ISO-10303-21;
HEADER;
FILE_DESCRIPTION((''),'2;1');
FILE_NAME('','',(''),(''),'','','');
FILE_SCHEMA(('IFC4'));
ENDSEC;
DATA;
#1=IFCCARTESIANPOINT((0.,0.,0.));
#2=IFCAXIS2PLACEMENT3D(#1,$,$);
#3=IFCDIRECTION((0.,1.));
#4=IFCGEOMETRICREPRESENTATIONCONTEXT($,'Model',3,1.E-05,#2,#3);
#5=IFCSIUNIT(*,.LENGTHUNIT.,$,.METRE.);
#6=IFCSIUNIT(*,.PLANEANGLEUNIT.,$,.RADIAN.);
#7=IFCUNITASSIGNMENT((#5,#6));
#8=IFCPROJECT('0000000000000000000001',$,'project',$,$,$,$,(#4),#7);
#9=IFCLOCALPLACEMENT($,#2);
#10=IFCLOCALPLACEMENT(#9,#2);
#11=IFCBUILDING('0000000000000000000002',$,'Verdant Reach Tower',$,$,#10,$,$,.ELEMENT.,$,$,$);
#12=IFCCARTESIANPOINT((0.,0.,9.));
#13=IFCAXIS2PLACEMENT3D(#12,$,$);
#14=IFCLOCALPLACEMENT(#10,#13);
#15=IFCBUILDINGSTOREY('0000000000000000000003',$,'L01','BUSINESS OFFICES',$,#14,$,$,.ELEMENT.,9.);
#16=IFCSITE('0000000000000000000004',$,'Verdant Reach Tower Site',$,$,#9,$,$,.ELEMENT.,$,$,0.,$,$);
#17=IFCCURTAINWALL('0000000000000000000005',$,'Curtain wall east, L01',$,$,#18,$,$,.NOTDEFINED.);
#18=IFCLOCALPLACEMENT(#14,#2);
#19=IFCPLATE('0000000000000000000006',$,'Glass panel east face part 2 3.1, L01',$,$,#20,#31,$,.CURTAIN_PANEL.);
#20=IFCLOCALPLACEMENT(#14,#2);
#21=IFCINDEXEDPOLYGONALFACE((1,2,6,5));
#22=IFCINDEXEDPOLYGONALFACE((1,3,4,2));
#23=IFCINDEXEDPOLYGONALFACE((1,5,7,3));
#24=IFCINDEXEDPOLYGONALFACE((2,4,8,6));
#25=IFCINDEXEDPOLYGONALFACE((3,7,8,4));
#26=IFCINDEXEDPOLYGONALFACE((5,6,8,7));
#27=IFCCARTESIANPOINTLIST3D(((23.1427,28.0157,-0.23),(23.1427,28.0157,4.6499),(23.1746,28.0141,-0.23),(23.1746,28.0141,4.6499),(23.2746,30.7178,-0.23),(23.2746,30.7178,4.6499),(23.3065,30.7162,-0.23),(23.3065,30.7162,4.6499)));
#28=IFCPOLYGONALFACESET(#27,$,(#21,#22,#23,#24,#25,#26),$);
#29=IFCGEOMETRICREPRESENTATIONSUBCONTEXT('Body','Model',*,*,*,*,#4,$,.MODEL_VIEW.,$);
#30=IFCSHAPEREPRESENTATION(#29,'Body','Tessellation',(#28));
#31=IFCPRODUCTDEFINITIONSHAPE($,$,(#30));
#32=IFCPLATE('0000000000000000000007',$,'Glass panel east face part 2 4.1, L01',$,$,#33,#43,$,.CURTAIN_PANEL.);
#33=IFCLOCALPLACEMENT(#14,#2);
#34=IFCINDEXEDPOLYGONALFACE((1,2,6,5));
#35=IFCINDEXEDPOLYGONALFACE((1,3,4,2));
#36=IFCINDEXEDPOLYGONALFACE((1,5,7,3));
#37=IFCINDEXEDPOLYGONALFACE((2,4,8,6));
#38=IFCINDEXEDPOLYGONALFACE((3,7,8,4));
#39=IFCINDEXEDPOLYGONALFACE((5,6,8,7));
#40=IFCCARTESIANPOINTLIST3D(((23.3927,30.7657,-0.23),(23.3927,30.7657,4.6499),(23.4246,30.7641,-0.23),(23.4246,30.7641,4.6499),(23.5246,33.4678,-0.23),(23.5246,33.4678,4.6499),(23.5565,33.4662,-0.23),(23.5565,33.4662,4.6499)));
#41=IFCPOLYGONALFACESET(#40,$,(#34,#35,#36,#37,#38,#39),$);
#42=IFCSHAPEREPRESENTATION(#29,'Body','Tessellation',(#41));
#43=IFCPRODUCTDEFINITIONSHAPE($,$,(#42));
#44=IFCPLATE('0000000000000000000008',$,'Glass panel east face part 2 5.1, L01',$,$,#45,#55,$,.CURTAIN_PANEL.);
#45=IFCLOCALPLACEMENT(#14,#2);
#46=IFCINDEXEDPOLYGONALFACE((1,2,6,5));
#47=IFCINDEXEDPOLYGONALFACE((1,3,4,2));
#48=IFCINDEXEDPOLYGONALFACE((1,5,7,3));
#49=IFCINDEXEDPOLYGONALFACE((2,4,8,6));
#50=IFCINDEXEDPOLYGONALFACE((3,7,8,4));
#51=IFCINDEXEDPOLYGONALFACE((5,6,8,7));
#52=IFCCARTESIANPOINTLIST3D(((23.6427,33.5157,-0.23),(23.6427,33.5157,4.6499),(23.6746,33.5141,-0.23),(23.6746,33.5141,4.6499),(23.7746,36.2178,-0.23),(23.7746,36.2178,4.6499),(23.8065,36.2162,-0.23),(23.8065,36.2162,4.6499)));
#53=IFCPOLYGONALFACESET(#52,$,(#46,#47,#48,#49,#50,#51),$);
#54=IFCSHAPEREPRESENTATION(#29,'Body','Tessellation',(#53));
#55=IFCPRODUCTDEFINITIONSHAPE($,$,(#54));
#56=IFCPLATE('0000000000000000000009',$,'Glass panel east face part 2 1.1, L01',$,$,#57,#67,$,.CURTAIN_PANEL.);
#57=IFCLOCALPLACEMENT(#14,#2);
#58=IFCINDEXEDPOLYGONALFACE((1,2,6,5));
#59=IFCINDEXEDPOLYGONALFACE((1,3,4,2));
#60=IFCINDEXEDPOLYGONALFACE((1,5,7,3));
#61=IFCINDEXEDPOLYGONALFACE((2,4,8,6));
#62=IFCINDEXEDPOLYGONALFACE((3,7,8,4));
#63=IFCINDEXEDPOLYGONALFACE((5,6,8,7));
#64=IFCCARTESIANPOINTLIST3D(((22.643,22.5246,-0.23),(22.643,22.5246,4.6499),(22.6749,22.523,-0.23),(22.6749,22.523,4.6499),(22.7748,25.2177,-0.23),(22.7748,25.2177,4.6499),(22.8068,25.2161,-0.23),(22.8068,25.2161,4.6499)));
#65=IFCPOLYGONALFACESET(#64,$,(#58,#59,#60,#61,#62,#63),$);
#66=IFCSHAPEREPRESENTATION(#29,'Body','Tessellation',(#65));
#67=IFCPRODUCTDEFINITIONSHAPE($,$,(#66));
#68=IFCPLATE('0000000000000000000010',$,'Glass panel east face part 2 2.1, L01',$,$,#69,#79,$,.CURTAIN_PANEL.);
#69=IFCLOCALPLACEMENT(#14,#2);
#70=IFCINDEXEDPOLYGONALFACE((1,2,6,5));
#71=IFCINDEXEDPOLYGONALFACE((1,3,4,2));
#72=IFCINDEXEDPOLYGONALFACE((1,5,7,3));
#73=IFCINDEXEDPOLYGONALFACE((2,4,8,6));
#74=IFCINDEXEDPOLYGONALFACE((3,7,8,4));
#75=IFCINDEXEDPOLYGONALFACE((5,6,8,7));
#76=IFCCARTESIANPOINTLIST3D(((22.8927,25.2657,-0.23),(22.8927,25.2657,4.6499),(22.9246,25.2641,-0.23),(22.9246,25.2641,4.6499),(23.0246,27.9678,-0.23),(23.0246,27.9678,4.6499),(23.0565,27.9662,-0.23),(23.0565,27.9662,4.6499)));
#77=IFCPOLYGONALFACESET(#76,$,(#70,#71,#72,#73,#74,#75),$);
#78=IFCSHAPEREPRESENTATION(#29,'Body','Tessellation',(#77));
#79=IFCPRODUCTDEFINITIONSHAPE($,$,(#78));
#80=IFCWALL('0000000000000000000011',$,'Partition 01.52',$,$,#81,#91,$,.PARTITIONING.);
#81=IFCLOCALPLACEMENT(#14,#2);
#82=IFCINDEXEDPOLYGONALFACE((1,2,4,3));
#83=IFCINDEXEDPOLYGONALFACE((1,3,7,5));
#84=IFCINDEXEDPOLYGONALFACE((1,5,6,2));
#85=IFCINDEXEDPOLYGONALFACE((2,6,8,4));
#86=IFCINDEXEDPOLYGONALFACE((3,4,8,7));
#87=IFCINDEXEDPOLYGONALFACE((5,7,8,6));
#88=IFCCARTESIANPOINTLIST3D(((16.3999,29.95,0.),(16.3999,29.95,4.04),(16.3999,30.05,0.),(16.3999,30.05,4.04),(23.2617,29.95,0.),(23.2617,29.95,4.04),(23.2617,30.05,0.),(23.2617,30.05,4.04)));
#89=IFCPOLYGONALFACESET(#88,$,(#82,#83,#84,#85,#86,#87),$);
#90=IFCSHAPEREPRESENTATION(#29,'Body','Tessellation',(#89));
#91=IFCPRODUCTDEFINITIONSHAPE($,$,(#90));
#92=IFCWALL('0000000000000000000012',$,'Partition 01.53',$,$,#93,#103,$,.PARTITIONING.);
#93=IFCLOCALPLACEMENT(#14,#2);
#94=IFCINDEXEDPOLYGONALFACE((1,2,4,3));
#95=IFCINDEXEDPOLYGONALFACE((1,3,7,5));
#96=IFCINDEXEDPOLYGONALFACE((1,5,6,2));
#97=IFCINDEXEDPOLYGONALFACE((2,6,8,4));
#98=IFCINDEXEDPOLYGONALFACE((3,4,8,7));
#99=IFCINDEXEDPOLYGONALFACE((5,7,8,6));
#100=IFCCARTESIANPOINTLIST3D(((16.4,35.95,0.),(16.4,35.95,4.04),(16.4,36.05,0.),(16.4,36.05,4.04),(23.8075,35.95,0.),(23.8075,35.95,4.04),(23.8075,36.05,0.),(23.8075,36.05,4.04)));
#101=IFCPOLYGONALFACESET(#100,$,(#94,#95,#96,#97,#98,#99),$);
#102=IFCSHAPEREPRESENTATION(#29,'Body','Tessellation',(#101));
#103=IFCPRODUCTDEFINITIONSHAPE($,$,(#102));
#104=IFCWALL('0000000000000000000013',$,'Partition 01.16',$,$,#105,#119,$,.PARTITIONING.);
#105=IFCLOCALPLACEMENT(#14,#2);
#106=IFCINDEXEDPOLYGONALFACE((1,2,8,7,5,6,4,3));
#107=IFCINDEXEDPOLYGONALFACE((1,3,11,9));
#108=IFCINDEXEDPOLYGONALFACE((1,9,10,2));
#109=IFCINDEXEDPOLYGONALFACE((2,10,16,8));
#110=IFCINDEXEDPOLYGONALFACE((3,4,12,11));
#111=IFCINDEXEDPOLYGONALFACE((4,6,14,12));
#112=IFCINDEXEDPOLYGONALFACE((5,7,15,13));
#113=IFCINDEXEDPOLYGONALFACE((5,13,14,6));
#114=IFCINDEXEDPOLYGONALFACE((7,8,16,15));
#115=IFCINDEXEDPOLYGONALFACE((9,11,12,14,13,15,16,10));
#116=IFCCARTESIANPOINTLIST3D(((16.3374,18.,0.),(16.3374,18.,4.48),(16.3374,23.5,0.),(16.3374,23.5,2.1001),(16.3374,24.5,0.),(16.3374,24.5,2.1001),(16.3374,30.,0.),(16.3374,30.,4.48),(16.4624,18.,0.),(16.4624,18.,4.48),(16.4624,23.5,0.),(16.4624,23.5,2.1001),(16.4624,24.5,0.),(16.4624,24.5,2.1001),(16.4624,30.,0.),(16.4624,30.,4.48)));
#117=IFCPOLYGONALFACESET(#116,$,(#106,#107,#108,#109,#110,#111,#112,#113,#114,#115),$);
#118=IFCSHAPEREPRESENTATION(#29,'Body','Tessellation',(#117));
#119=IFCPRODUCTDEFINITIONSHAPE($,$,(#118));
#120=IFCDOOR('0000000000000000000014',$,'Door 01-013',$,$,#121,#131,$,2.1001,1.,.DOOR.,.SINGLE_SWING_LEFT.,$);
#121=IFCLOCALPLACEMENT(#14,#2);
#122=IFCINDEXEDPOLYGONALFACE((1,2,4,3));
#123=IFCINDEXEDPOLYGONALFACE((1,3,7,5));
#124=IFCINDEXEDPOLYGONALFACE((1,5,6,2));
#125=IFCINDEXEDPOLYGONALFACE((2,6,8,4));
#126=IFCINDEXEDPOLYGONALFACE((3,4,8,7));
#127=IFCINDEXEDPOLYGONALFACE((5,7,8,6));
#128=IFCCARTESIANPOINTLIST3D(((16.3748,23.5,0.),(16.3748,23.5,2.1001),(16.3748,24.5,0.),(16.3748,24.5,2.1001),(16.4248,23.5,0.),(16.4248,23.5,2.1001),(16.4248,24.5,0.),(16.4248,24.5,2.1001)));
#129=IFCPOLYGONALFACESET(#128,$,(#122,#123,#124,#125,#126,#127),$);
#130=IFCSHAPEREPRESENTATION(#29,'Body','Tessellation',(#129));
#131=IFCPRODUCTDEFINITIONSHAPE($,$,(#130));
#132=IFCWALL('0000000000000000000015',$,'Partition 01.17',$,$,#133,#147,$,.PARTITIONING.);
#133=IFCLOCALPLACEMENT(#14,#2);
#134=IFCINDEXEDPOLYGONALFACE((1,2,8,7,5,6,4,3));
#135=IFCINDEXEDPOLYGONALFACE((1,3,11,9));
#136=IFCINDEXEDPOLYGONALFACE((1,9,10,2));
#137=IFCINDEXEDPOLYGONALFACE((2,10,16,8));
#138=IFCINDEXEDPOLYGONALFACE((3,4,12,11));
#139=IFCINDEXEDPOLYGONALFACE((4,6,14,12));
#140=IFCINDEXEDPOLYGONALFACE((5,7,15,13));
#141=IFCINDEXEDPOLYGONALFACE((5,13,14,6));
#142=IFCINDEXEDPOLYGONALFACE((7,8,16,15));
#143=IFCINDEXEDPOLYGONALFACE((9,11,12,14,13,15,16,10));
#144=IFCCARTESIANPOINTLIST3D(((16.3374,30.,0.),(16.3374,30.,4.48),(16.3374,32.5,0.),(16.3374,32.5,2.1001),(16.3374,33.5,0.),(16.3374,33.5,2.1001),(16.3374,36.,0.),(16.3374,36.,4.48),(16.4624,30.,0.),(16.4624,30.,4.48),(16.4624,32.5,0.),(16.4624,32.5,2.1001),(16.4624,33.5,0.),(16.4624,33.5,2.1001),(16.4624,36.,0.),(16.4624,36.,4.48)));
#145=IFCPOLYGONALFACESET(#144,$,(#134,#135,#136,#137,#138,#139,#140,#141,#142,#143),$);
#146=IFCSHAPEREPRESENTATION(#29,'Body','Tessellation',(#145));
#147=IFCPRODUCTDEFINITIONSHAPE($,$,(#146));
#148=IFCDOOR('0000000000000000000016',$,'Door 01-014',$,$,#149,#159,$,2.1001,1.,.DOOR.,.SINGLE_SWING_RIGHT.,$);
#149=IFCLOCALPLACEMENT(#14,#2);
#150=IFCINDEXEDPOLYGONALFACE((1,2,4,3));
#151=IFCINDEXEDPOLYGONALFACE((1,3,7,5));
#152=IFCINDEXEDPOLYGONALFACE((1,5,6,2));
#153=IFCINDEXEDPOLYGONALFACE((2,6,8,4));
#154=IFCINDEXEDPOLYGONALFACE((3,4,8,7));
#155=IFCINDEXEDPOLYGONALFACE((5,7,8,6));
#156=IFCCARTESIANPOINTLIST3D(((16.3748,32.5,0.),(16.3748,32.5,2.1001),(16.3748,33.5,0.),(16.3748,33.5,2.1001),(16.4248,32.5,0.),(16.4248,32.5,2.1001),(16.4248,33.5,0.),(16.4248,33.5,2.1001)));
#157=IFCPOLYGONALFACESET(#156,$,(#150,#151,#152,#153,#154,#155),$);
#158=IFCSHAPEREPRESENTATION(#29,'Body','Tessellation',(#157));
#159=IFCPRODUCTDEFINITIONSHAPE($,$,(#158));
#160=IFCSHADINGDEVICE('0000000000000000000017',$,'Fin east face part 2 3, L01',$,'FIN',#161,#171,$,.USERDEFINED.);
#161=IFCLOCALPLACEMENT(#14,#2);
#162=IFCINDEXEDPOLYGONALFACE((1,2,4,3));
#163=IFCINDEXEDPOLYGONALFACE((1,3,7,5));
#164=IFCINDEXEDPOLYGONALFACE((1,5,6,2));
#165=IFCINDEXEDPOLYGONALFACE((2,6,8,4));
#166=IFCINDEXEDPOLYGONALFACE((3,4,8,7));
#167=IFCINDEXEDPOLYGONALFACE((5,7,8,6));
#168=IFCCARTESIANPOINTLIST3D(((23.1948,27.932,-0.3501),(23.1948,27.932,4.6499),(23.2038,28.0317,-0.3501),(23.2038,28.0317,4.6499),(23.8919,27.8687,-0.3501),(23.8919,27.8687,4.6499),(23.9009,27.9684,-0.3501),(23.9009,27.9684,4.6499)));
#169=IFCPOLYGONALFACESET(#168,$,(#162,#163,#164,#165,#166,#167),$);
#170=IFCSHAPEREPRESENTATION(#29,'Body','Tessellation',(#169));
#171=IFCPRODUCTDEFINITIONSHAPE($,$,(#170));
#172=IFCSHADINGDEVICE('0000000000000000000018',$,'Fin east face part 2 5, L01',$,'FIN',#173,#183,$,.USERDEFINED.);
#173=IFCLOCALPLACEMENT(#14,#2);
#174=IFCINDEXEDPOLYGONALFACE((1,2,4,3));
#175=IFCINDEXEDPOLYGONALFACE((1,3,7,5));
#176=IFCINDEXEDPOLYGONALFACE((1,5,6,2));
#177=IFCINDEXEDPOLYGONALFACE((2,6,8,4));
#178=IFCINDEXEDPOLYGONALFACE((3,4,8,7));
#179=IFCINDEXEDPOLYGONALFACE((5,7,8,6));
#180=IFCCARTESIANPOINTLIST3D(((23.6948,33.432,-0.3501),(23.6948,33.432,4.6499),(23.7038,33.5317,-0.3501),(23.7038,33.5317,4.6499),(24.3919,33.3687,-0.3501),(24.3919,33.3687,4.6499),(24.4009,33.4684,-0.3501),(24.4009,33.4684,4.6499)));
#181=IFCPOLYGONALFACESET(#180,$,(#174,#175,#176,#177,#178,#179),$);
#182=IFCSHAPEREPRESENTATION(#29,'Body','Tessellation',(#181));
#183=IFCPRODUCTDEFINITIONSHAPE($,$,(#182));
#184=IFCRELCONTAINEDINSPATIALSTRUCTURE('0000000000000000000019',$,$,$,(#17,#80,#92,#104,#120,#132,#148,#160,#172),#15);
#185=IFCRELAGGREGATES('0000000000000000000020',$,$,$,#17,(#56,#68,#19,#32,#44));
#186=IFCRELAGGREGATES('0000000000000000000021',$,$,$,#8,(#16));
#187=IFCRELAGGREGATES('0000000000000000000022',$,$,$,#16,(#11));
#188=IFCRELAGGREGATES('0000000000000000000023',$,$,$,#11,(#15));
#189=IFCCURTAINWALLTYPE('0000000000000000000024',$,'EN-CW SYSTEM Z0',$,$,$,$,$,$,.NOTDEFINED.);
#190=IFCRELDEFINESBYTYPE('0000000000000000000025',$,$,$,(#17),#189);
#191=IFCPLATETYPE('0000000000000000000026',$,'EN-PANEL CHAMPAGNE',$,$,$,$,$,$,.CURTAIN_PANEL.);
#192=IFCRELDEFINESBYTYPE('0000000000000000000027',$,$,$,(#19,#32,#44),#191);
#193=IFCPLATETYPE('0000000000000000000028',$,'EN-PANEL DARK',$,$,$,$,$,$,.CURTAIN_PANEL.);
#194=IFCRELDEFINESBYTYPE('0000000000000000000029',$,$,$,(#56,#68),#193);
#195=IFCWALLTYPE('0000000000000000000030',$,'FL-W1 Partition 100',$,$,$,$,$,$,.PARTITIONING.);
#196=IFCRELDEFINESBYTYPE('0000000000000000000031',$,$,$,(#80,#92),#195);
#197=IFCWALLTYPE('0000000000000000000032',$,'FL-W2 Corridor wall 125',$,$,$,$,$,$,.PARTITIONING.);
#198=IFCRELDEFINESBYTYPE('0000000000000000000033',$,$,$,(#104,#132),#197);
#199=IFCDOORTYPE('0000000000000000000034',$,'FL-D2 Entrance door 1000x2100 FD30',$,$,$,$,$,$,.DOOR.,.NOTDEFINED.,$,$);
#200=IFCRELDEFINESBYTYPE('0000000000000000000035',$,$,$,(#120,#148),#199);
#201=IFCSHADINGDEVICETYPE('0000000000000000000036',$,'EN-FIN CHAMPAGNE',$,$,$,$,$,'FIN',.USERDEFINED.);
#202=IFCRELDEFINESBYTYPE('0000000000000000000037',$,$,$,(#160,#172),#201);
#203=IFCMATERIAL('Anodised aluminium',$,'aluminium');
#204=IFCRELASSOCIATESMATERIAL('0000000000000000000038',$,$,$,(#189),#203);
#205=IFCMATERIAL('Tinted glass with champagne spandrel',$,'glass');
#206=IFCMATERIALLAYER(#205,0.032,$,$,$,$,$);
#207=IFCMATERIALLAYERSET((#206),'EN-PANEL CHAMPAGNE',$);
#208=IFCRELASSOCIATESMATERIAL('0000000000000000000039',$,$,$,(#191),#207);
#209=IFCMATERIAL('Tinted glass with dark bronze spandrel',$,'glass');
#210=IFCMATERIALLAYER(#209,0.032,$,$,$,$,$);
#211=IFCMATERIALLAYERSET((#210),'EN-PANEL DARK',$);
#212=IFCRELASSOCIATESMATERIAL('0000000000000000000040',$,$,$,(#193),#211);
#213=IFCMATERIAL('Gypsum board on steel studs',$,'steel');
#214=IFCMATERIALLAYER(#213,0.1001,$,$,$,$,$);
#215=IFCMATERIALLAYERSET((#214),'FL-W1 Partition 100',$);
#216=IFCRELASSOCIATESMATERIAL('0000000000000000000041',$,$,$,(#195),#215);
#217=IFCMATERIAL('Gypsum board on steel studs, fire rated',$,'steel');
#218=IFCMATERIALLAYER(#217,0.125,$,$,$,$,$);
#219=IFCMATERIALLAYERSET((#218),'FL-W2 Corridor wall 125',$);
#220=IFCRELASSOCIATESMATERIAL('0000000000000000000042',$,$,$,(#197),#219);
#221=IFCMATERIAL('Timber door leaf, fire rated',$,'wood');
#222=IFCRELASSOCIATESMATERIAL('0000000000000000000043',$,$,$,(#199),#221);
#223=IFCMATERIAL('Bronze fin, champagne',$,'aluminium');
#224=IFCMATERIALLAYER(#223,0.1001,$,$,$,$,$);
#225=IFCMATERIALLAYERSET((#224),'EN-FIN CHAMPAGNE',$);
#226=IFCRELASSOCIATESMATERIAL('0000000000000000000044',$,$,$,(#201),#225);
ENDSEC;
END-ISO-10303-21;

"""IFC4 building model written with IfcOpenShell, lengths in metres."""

from ifc_helpers import new_model, si_unit, direction, frame, frame_2d, origin, origin_2d, place, context, subcontext, project, spatial, rectangle, extrude, material, layer, layer_set, type_object, element, fill, aggregate, save


model = new_model("IFC4")

# Units and contexts
model_context = context("Model", 3, precision=1e-05, world=origin(), true_north=direction((0.0, 1.0)))
body_context = subcontext(model_context, "Body", "Model", "MODEL_VIEW")
ifc_project = project(units=[si_unit("LENGTHUNIT", "METRE"), si_unit("PLANEANGLEUNIT", "RADIAN")], contexts=[model_context])

# Site, building, storey
site_placement = place(None, origin())
site = spatial("IfcSite", under=ifc_project, at=site_placement, Name="Verdant Reach Tower Site", CompositionType="ELEMENT", RefElevation=0.0)
building_placement = place(site_placement, origin())
building = spatial("IfcBuilding", under=site, at=building_placement, Name="Verdant Reach Tower", CompositionType="ELEMENT")
storey_placement = place(building_placement, frame((0.0, 0.0, 9.0)))
storey = spatial("IfcBuildingStorey", under=building, at=storey_placement, Name="L01", Description="BUSINESS OFFICES", CompositionType="ELEMENT", Elevation=9.0)

# Curtain wall
ifc_material_1 = material(Name="Anodised aluminium", Category="aluminium")
curtain_wall_type = type_object("IfcCurtainWallType", Name="EN-CW SYSTEM Z0", PredefinedType="NOTDEFINED", material=ifc_material_1)
curtain_wall_placement = place(storey_placement, origin())
curtain_wall = element("IfcCurtainWall", 1, at=curtain_wall_placement, inside=storey, type_object=curtain_wall_type, Name="Curtain wall east, L01", PredefinedType="NOTDEFINED")

# Plates
ifc_material_2 = material(Name="Tinted glass with champagne spandrel", Category="glass")
ifc_layer_1 = layer(ifc_material_2, 0.032)
ifc_layer_set_1 = layer_set([ifc_layer_1], Name="EN-PANEL CHAMPAGNE")
plate_type_1 = type_object("IfcPlateType", Name="EN-PANEL CHAMPAGNE", PredefinedType="CURTAIN_PANEL", material=ifc_layer_set_1)
plate_1_placement = place(storey_placement, frame((23.2246, 29.366, -0.23), z_axis=(0.0, 0.0, 1.0), x_axis=(0.048753, 0.998811, 0.0)))
plate_1 = element("IfcPlate", 2, at=plate_1_placement, type_object=plate_type_1, Name="Glass panel east face part 2 3.1, L01", PredefinedType="CURTAIN_PANEL", context=body_context, shape_type="SweptSolid", body=[
    extrude(rectangle(XDim=2.7053, YDim=0.032, at=origin_2d()), origin(), (0.0, 0.0, 1.0), 4.8799),
])
plate_2_placement = place(storey_placement, frame((23.4746, 32.116, -0.23), z_axis=(0.0, 0.0, 1.0), x_axis=(0.048753, 0.998811, 0.0)))
plate_2 = element("IfcPlate", 3, at=plate_2_placement, type_object=plate_type_1, Name="Glass panel east face part 2 4.1, L01", PredefinedType="CURTAIN_PANEL", context=body_context, shape_type="SweptSolid", body=[
    extrude(rectangle(XDim=2.7053, YDim=0.032, at=origin_2d()), origin(), (0.0, 0.0, 1.0), 4.8799),
])
plate_3_placement = place(storey_placement, frame((23.7246, 34.866, -0.23), z_axis=(0.0, 0.0, 1.0), x_axis=(0.048753, 0.998811, 0.0)))
plate_3 = element("IfcPlate", 4, at=plate_3_placement, type_object=plate_type_1, Name="Glass panel east face part 2 5.1, L01", PredefinedType="CURTAIN_PANEL", context=body_context, shape_type="SweptSolid", body=[
    extrude(rectangle(XDim=2.7053, YDim=0.032, at=origin_2d()), origin(), (0.0, 0.0, 1.0), 4.8799),
])
ifc_material_3 = material(Name="Tinted glass with dark bronze spandrel", Category="glass")
ifc_layer_2 = layer(ifc_material_3, 0.032)
ifc_layer_set_2 = layer_set([ifc_layer_2], Name="EN-PANEL DARK")
plate_type_2 = type_object("IfcPlateType", Name="EN-PANEL DARK", PredefinedType="CURTAIN_PANEL", material=ifc_layer_set_2)
plate_4_placement = place(storey_placement, frame((22.7249, 23.8704, -0.23), z_axis=(0.0, 0.0, 1.0), x_axis=(0.048902, 0.998804, 0.0)))
plate_4 = element("IfcPlate", 5, at=plate_4_placement, type_object=plate_type_2, Name="Glass panel east face part 2 1.1, L01", PredefinedType="CURTAIN_PANEL", context=body_context, shape_type="SweptSolid", body=[
    extrude(rectangle(XDim=2.6963, YDim=0.032, at=origin_2d()), origin(), (0.0, 0.0, 1.0), 4.8799),
])
plate_5_placement = place(storey_placement, frame((22.9746, 26.616, -0.23), z_axis=(0.0, 0.0, 1.0), x_axis=(0.048753, 0.998811, 0.0)))
plate_5 = element("IfcPlate", 6, at=plate_5_placement, type_object=plate_type_2, Name="Glass panel east face part 2 2.1, L01", PredefinedType="CURTAIN_PANEL", context=body_context, shape_type="SweptSolid", body=[
    extrude(rectangle(XDim=2.7053, YDim=0.032, at=origin_2d()), origin(), (0.0, 0.0, 1.0), 4.8799),
])
aggregate(curtain_wall, [plate_4, plate_5, plate_1, plate_2, plate_3])

# Walls
ifc_material_4 = material(Name="Gypsum board on steel studs", Category="steel")
ifc_layer_3 = layer(ifc_material_4, 0.1001)
ifc_layer_set_3 = layer_set([ifc_layer_3], Name="FL-W1 Partition 100")
wall_type_1 = type_object("IfcWallType", Name="FL-W1 Partition 100", PredefinedType="PARTITIONING", material=ifc_layer_set_3)
wall_1_placement = place(storey_placement, frame((23.2617, 30.0, 0.0), z_axis=(0.0, 0.0, 1.0), x_axis=(-1.0, 0.0, 0.0)))
element("IfcWall", 7, at=wall_1_placement, inside=storey, type_object=wall_type_1, Name="Partition 01.52", PredefinedType="PARTITIONING", context=body_context, shape_type="SweptSolid", body=[
    extrude(rectangle(XDim=6.8618, YDim=0.1001, at=frame_2d((3.4309, 0.0))), origin(), (0.0, 0.0, 1.0), 4.04),
])
wall_2_placement = place(storey_placement, frame((23.8074, 36.0, 0.0), z_axis=(0.0, 0.0, 1.0), x_axis=(-1.0, 0.0, 0.0)))
element("IfcWall", 8, at=wall_2_placement, inside=storey, type_object=wall_type_1, Name="Partition 01.53", PredefinedType="PARTITIONING", context=body_context, shape_type="SweptSolid", body=[
    extrude(rectangle(XDim=7.4075, YDim=0.1001, at=frame_2d((3.7036, 0.0))), origin(), (0.0, 0.0, 1.0), 4.04),
])

# Walls, openings, doors
ifc_material_5 = material(Name="Gypsum board on steel studs, fire rated", Category="steel")
ifc_layer_4 = layer(ifc_material_5, 0.125)
ifc_layer_set_4 = layer_set([ifc_layer_4], Name="FL-W2 Corridor wall 125")
wall_type_2 = type_object("IfcWallType", Name="FL-W2 Corridor wall 125", PredefinedType="PARTITIONING", material=ifc_layer_set_4)
wall_3_placement = place(storey_placement, frame((16.3999, 30.0, 0.0), z_axis=(0.0, 0.0, 1.0), x_axis=(0.0, -1.0, 0.0)))
wall_3 = element("IfcWall", 9, at=wall_3_placement, inside=storey, type_object=wall_type_2, Name="Partition 01.16", PredefinedType="PARTITIONING", context=body_context, shape_type="SweptSolid", body=[
    extrude(rectangle(XDim=12.0, YDim=0.125, at=frame_2d((6.0, 0.0))), origin(), (0.0, 0.0, 1.0), 4.48),
])
opening_1_placement = place(wall_3_placement, frame((5.5, 0.0, 0.0)))
opening_1 = element("IfcOpeningElement", 10, at=opening_1_placement, cuts=wall_3, PredefinedType="OPENING", context=body_context, shape_type="SweptSolid", body=[
    extrude(rectangle(XDim=1.0, YDim=2.1001, at=frame_2d((0.5, 1.05))), frame((0.0, 0.0725, 0.0), z_axis=(0.0, -1.0, 0.0), x_axis=(1.0, 0.0, 0.0)), (0.0, 0.0, 1.0), 0.145),
])
ifc_material_6 = material(Name="Timber door leaf, fire rated", Category="wood")
door_type = type_object("IfcDoorType", Name="FL-D2 Entrance door 1000x2100 FD30", OperationType="NOTDEFINED", PredefinedType="DOOR", material=ifc_material_6)
door_1_placement = place(opening_1_placement, origin())
door_1 = element("IfcDoor", 11, at=door_1_placement, inside=storey, type_object=door_type, Name="Door 01-013", OperationType="SINGLE_SWING_LEFT", OverallHeight=2.1001, OverallWidth=1.0, PredefinedType="DOOR", context=body_context, shape_type="SweptSolid", body=[
    extrude(rectangle(XDim=1.0, YDim=2.1001, at=frame_2d((0.5, 1.05))), frame((0.0, 0.0249, 0.0), z_axis=(0.0, -1.0, 0.0), x_axis=(1.0, 0.0, 0.0)), (0.0, 0.0, 1.0), 0.05),
])
fill(opening_1, door_1)
wall_4_placement = place(storey_placement, frame((16.3999, 36.0, 0.0), z_axis=(0.0, 0.0, 1.0), x_axis=(0.0, -1.0, 0.0)))
wall_4 = element("IfcWall", 12, at=wall_4_placement, inside=storey, type_object=wall_type_2, Name="Partition 01.17", PredefinedType="PARTITIONING", context=body_context, shape_type="SweptSolid", body=[
    extrude(rectangle(XDim=6.0, YDim=0.125, at=frame_2d((3.0, 0.0))), origin(), (0.0, 0.0, 1.0), 4.48),
])
opening_2_placement = place(wall_4_placement, frame((2.5, 0.0, 0.0)))
opening_2 = element("IfcOpeningElement", 13, at=opening_2_placement, cuts=wall_4, PredefinedType="OPENING", context=body_context, shape_type="SweptSolid", body=[
    extrude(rectangle(XDim=1.0, YDim=2.1001, at=frame_2d((0.5, 1.05))), frame((0.0, 0.0725, 0.0), z_axis=(0.0, -1.0, 0.0), x_axis=(1.0, 0.0, 0.0)), (0.0, 0.0, 1.0), 0.145),
])
door_2_placement = place(opening_2_placement, origin())
door_2 = element("IfcDoor", 14, at=door_2_placement, inside=storey, type_object=door_type, Name="Door 01-014", OperationType="SINGLE_SWING_RIGHT", OverallHeight=2.1001, OverallWidth=1.0, PredefinedType="DOOR", context=body_context, shape_type="SweptSolid", body=[
    extrude(rectangle(XDim=1.0, YDim=2.1001, at=frame_2d((0.5, 1.05))), frame((0.0, 0.0249, 0.0), z_axis=(0.0, -1.0, 0.0), x_axis=(1.0, 0.0, 0.0)), (0.0, 0.0, 1.0), 0.05),
])
fill(opening_2, door_2)

# Shading devices
ifc_material_7 = material(Name="Bronze fin, champagne", Category="aluminium")
ifc_layer_5 = layer(ifc_material_7, 0.1001)
ifc_layer_set_5 = layer_set([ifc_layer_5], Name="EN-FIN CHAMPAGNE")
shading_device_type_1 = type_object("IfcShadingDeviceType", Name="EN-FIN CHAMPAGNE", ElementType="FIN", PredefinedType="USERDEFINED", material=ifc_layer_set_5)
for number, where, z_axis, x_axis, name in (
    (15, (23.5479, 27.9502, -0.3501), (0.0, 0.0, 1.0), (0.090536, 0.995893, 0.0), "Fin east face part 2 3, L01"),
    (16, (24.0479, 33.4502, -0.3501), (0.0, 0.0, 1.0), (0.090536, 0.995893, 0.0), "Fin east face part 2 5, L01"),
):
    element("IfcShadingDevice", number, at=place(storey_placement, frame(where, z_axis=z_axis, x_axis=x_axis)), inside=storey, type_object=shading_device_type_1, Name=name, ObjectType="FIN", PredefinedType="USERDEFINED", context=body_context, shape_type="SweptSolid", body=[
        extrude(rectangle(XDim=0.1001, YDim=0.7, at=origin_2d()), origin(), (0.0, 0.0, 1.0), 5.0),
    ])

save(model, "model.ifc")
